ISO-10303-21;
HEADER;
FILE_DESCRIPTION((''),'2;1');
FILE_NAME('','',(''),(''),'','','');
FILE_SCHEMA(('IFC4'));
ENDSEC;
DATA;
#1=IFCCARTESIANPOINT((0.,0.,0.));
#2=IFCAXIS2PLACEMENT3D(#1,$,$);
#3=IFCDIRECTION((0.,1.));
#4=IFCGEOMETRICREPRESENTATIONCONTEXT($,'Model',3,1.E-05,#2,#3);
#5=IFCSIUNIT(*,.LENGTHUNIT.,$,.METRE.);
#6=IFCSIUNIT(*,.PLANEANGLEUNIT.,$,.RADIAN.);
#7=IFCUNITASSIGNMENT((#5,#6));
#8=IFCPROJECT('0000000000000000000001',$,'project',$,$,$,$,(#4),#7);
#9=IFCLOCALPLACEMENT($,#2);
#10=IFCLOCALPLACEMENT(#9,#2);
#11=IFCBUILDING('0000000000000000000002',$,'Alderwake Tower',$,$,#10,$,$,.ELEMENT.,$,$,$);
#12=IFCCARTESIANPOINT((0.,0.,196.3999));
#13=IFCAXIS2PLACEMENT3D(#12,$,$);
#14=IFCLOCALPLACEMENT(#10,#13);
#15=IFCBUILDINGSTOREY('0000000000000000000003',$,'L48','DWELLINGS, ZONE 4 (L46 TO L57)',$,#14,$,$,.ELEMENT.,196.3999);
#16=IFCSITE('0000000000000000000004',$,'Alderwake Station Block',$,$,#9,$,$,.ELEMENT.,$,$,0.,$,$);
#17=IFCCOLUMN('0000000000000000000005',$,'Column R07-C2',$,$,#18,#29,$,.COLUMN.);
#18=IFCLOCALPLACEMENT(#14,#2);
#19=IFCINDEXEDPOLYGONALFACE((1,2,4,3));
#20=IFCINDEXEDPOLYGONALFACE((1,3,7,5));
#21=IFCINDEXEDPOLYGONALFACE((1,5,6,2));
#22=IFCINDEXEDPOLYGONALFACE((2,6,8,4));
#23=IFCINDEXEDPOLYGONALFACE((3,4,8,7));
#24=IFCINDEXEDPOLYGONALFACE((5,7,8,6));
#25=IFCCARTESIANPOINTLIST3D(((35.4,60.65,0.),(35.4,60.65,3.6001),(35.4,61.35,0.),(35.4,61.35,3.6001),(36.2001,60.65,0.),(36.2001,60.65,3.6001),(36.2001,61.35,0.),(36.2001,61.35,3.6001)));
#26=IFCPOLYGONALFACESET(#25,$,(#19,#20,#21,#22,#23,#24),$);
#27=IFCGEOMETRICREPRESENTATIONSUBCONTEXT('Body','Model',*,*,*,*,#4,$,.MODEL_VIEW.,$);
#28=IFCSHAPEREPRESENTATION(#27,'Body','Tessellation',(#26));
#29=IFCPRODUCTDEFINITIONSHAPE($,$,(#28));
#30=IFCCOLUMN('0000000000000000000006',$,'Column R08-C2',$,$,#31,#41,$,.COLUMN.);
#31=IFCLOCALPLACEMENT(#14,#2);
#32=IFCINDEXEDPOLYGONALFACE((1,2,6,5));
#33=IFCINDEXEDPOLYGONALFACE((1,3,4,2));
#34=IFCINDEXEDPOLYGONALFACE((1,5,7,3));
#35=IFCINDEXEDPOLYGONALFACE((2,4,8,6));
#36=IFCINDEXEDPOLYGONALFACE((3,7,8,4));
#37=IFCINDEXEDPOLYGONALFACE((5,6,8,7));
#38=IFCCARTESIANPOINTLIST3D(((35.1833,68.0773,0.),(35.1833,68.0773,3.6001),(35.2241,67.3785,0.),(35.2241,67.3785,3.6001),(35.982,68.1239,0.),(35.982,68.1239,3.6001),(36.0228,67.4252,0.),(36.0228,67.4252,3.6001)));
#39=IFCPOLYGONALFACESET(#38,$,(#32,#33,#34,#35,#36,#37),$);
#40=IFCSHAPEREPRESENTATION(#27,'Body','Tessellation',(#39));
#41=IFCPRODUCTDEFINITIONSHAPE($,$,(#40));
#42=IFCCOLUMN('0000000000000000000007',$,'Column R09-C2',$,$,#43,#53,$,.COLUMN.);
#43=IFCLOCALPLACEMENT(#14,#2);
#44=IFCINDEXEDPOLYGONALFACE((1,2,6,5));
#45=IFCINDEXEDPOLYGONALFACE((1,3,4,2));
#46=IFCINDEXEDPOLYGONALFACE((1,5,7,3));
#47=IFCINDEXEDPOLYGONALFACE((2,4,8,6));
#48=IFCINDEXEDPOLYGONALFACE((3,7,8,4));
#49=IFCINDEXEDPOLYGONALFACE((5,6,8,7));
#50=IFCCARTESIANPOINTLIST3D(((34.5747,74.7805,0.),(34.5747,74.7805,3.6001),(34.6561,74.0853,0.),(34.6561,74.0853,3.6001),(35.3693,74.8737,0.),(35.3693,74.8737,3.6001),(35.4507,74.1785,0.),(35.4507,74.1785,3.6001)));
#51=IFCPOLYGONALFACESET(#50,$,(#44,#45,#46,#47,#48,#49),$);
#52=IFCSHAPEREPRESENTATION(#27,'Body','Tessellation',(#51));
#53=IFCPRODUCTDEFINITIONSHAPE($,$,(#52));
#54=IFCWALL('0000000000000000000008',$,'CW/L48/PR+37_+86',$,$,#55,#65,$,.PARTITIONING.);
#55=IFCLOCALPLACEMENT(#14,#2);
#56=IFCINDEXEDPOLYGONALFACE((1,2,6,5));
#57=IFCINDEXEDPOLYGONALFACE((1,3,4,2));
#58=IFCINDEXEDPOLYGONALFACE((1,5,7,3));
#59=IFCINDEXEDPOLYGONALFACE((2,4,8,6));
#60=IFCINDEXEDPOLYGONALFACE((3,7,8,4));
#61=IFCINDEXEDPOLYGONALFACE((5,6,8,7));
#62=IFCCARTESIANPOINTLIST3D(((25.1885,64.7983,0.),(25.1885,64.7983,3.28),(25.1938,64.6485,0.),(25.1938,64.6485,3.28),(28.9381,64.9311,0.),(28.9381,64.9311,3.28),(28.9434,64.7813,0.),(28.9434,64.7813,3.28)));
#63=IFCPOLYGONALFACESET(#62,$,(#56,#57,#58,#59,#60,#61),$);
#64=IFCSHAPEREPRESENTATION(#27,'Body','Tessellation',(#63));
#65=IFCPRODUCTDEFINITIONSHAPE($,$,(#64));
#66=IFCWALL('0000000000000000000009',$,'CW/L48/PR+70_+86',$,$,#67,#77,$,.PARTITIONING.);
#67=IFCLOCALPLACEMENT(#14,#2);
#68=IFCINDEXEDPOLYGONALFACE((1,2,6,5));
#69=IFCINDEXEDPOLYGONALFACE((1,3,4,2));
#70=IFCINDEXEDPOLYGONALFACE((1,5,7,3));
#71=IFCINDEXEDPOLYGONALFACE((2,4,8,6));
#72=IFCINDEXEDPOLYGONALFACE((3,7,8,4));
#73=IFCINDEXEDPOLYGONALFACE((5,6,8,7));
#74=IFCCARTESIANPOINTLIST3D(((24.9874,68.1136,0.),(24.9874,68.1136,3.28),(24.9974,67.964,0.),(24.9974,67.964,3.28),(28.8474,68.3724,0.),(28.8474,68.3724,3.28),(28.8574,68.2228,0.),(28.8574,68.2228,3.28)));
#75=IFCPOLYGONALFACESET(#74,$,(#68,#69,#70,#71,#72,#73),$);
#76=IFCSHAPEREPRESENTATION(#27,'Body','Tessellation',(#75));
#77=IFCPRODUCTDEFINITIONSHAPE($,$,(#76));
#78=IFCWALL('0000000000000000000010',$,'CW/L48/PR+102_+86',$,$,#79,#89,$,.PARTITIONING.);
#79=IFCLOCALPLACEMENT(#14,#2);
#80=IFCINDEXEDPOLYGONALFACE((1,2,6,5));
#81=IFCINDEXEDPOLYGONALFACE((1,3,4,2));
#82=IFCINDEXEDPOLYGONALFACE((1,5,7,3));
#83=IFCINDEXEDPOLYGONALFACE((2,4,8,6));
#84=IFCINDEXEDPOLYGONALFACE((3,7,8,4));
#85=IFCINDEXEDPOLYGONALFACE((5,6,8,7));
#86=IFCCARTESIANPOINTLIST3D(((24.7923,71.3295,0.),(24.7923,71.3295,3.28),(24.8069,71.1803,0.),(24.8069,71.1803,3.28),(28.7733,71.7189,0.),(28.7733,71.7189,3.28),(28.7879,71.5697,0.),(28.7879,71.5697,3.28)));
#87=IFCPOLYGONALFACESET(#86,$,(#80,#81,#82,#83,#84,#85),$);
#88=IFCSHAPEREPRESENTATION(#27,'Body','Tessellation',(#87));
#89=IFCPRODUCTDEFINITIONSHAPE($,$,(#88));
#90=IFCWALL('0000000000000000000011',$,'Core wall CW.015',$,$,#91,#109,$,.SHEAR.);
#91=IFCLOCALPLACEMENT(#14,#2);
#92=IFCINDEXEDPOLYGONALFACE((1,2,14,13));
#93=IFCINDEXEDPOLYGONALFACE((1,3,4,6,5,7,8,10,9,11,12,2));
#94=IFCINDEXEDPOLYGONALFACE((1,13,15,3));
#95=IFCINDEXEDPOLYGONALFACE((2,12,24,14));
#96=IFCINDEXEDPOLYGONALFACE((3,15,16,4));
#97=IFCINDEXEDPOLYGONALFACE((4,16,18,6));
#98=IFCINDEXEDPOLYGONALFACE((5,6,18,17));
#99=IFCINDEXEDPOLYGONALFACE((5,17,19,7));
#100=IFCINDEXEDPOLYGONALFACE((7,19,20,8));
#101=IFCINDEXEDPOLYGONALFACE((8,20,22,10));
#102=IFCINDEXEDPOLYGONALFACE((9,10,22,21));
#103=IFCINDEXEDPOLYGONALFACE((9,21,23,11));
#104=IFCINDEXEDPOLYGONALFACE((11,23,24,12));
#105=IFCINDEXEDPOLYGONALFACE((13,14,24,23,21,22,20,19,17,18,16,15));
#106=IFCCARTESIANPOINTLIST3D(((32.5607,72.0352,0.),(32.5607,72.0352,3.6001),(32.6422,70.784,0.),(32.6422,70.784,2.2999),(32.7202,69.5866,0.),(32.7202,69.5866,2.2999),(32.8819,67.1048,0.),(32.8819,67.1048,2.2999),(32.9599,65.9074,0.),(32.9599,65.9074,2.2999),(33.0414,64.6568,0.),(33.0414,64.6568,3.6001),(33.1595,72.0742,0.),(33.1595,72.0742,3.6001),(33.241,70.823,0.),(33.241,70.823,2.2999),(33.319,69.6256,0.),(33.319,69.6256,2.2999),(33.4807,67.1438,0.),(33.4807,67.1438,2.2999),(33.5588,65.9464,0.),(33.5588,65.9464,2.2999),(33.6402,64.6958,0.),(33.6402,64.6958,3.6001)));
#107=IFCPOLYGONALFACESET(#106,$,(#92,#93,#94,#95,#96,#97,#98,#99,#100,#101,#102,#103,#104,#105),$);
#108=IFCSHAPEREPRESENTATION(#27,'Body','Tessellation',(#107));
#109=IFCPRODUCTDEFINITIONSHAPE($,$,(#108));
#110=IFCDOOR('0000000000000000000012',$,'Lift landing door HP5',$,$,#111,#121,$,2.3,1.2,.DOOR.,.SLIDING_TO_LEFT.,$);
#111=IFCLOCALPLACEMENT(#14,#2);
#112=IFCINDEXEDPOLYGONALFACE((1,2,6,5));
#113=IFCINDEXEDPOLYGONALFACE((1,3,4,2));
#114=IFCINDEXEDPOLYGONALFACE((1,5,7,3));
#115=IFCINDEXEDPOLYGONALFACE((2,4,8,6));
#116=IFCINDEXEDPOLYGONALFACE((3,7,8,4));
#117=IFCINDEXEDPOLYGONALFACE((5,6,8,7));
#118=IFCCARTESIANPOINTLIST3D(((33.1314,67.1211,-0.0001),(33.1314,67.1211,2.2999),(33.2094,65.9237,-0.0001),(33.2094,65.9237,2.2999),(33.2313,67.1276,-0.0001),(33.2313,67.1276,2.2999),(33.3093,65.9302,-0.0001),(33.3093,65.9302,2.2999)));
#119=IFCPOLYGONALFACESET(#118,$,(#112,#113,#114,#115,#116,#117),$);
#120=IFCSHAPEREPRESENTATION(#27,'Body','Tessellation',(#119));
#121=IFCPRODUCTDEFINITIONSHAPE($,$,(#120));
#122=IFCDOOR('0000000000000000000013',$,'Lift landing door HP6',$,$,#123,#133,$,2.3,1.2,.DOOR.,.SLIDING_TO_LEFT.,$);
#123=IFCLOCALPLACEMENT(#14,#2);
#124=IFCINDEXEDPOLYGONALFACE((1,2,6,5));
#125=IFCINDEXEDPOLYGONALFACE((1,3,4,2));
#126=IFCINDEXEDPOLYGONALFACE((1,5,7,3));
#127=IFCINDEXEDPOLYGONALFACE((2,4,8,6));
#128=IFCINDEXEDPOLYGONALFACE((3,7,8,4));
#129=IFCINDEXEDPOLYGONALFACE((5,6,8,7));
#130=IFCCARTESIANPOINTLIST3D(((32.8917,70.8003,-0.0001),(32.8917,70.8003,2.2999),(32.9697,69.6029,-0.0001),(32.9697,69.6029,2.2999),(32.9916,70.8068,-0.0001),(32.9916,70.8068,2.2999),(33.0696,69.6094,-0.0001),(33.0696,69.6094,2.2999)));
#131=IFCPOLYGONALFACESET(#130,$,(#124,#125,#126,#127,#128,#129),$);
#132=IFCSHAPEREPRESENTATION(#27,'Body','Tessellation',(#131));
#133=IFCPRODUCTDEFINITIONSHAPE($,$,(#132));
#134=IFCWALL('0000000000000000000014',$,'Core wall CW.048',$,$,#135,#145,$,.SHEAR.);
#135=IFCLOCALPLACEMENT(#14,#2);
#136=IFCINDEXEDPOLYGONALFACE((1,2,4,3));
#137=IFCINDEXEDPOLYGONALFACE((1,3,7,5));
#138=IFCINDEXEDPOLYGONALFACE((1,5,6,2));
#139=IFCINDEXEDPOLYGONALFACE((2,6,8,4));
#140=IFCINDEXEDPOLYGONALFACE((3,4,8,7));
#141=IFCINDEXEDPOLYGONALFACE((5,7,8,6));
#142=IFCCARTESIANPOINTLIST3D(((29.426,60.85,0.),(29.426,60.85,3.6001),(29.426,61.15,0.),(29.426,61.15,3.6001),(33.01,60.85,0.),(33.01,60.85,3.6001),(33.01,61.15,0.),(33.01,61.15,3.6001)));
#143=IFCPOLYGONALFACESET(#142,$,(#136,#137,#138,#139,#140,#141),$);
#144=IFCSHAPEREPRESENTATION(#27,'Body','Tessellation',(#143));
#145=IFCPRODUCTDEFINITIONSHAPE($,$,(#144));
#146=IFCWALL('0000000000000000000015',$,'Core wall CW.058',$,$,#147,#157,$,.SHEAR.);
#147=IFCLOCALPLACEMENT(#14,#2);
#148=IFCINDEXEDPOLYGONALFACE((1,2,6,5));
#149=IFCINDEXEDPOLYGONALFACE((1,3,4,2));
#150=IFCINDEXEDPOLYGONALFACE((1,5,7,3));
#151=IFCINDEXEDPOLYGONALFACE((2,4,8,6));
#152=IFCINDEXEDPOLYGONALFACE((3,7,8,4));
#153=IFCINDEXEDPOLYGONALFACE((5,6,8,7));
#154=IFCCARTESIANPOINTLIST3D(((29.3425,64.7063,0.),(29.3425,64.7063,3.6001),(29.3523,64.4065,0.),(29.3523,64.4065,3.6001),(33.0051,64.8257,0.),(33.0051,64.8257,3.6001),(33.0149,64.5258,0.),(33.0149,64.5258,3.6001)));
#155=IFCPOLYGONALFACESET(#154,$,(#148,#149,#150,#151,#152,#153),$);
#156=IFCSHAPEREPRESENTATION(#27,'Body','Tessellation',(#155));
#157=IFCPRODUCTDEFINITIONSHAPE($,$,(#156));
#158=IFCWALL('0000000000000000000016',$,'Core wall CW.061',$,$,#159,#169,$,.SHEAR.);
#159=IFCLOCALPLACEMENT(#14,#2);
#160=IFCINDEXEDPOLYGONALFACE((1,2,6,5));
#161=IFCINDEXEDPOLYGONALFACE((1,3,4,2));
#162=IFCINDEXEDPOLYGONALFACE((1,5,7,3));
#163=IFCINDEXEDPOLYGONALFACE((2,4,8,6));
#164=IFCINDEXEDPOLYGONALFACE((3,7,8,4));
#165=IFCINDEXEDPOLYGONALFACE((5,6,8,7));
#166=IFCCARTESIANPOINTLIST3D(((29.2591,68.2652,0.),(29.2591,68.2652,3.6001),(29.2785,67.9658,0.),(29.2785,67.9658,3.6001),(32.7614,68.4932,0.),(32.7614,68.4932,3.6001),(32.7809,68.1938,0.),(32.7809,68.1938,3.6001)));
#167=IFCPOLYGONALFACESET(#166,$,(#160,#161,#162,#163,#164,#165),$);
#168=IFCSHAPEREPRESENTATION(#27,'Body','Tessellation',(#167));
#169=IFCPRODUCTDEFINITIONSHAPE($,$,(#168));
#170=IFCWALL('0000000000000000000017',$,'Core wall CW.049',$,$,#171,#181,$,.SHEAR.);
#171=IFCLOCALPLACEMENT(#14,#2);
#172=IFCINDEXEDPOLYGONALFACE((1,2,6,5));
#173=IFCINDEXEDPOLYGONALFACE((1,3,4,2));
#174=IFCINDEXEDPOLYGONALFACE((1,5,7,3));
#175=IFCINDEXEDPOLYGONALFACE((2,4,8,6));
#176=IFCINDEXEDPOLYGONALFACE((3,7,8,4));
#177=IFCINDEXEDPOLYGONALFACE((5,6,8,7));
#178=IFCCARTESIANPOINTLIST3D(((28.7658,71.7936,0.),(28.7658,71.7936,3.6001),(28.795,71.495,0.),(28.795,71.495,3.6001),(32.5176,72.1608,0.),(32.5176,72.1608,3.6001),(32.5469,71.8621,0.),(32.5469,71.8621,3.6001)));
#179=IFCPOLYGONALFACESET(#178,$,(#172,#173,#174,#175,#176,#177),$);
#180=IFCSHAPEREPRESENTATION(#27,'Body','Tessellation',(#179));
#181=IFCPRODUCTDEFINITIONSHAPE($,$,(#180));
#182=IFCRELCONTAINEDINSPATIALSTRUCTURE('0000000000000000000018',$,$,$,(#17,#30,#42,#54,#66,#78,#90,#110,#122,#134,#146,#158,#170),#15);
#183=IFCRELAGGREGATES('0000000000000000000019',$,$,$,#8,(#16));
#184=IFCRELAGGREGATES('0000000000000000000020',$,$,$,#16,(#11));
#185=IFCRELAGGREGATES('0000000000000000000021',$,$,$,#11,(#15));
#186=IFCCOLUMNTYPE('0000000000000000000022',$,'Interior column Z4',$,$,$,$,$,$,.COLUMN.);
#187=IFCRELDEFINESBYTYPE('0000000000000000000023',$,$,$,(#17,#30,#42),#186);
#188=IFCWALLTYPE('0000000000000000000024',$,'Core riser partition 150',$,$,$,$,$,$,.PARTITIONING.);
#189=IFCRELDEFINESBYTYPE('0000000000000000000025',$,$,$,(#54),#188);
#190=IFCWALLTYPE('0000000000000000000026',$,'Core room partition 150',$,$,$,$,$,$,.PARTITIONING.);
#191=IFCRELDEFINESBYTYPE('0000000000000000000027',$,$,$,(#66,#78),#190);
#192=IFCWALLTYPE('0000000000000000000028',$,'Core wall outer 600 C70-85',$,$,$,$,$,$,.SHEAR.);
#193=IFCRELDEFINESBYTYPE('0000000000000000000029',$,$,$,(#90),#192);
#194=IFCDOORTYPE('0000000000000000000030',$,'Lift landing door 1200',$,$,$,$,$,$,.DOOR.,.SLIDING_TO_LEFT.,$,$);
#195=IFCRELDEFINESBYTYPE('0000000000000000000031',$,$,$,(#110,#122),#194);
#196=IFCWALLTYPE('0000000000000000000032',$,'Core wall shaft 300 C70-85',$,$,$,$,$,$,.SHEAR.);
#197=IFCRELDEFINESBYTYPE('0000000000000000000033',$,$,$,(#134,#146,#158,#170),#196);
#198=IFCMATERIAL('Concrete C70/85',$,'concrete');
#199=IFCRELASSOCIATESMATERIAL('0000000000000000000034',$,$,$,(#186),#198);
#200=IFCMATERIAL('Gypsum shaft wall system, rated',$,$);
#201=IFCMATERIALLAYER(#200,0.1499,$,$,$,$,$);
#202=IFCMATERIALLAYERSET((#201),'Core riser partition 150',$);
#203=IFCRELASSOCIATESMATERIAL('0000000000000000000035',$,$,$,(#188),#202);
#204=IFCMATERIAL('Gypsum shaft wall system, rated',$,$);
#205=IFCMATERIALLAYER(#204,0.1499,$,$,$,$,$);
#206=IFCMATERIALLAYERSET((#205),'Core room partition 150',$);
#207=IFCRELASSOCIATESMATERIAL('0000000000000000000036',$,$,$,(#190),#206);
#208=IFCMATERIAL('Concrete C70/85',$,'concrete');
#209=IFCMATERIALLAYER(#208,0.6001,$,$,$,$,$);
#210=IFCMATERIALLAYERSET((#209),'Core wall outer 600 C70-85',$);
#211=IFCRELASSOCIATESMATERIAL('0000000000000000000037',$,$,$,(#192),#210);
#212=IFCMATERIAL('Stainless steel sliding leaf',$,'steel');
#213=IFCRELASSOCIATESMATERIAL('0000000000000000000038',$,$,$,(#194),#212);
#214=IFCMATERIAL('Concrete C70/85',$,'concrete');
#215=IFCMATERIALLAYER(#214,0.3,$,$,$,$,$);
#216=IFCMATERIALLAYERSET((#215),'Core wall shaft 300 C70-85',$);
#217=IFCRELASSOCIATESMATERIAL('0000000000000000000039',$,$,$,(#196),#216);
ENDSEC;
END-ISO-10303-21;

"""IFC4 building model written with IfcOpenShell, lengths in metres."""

from ifc_helpers import new_model, si_unit, direction, frame, frame_2d, origin, origin_2d, place, context, subcontext, project, spatial, rectangle, extrude, material, layer, layer_set, material_profile, profile_set, type_object, element, fill, save


model = new_model("IFC4")

# Units and contexts
model_context = context("Model", 3, precision=1e-05, world=origin(), true_north=direction((0.0, 1.0)))
body_context = subcontext(model_context, "Body", "Model", "MODEL_VIEW")
ifc_project = project(units=[si_unit("LENGTHUNIT", "METRE"), si_unit("PLANEANGLEUNIT", "RADIAN")], contexts=[model_context])

# Site, building, storey
site_placement = place(None, origin())
site = spatial("IfcSite", under=ifc_project, at=site_placement, Name="Alderwake Station Block", CompositionType="ELEMENT", RefElevation=0.0)
building_placement = place(site_placement, origin())
building = spatial("IfcBuilding", under=site, at=building_placement, Name="Alderwake Tower", CompositionType="ELEMENT")
storey_placement = place(building_placement, frame((0.0, 0.0, 196.3999)))
storey = spatial("IfcBuildingStorey", under=building, at=storey_placement, Name="L48", Description="DWELLINGS, ZONE 4 (L46 TO L57)", CompositionType="ELEMENT", Elevation=196.3999)

# Columns
ifc_material_1 = material(Name="Concrete C70/85", Category="concrete")
ifc_material_profile = material_profile(ifc_material_1, rectangle(XDim=0.7, YDim=0.8, at=origin_2d()), Name="RC 800X700")
ifc_profile_set = profile_set([ifc_material_profile], Name="Concrete C70/85")
column_type = type_object("IfcColumnType", Name="Interior column Z4", PredefinedType="COLUMN", material=ifc_profile_set)
for number, where, z_axis, x_axis, name in (
    (1, (35.8, 61.0, 0.0), (0.0, 0.0, 1.0), (0.0, 1.0, 0.0), "Column R07-C2"),
    (2, (35.603, 67.7512, 0.0), (0.0, 0.0, 1.0), (-0.058301, 0.998299, 0.0), "Column R08-C2"),
    (3, (35.0127, 74.4795, 0.0), (0.0, 0.0, 1.0), (-0.116402, 0.993202, 0.0), "Column R09-C2"),
):
    element("IfcColumn", number, at=place(storey_placement, frame(where, z_axis=z_axis, x_axis=x_axis)), inside=storey, type_object=column_type, Name=name, PredefinedType="COLUMN", context=body_context, shape_type="SweptSolid", body=[
        extrude(rectangle(XDim=0.7, YDim=0.8, at=origin_2d()), origin(), (0.0, 0.0, 1.0), 3.6001),
    ])

# Walls
ifc_material_2 = material(Name="Gypsum shaft wall system, rated")
ifc_layer_1 = layer(ifc_material_2, 0.1499)
ifc_layer_set_1 = layer_set([ifc_layer_1], Name="Core riser partition 150")
wall_type_1 = type_object("IfcWallType", Name="Core riser partition 150", PredefinedType="PARTITIONING", material=ifc_layer_set_1)
wall_1_placement = place(storey_placement, frame((25.1912, 64.7234, 0.0), z_axis=(0.0, 0.0, 1.0), x_axis=(0.999373, 0.035399, 0.0)))
element("IfcWall", 4, at=wall_1_placement, inside=storey, type_object=wall_type_1, Name="CW/L48/PR+37_+86", PredefinedType="PARTITIONING", context=body_context, shape_type="SweptSolid", body=[
    extrude(rectangle(XDim=3.752, YDim=0.1499, at=frame_2d((1.876, 0.0))), origin(), (0.0, 0.0, 1.0), 3.28),
])
ifc_material_3 = material(Name="Gypsum shaft wall system, rated")
ifc_layer_2 = layer(ifc_material_3, 0.1499)
ifc_layer_set_2 = layer_set([ifc_layer_2], Name="Core room partition 150")
wall_type_2 = type_object("IfcWallType", Name="Core room partition 150", PredefinedType="PARTITIONING", material=ifc_layer_set_2)
wall_2_placement = place(storey_placement, frame((24.9924, 68.0388, 0.0), z_axis=(0.0, 0.0, 1.0), x_axis=(0.99776, 0.066892, 0.0)))
element("IfcWall", 5, at=wall_2_placement, inside=storey, type_object=wall_type_2, Name="CW/L48/PR+70_+86", PredefinedType="PARTITIONING", context=body_context, shape_type="SweptSolid", body=[
    extrude(rectangle(XDim=3.8687, YDim=0.1499, at=frame_2d((1.9343, 0.0))), origin(), (0.0, 0.0, 1.0), 3.28),
])
wall_3_placement = place(storey_placement, frame((24.7996, 71.2549, 0.0), z_axis=(0.0, 0.0, 1.0), x_axis=(0.99525, 0.097352, 0.0)))
element("IfcWall", 6, at=wall_3_placement, inside=storey, type_object=wall_type_2, Name="CW/L48/PR+102_+86", PredefinedType="PARTITIONING", context=body_context, shape_type="SweptSolid", body=[
    extrude(rectangle(XDim=4.0, YDim=0.1499, at=frame_2d((2.0, 0.0))), origin(), (0.0, 0.0, 1.0), 3.28),
])

# Wall, openings, doors
ifc_material_4 = material(Name="Concrete C70/85", Category="concrete")
ifc_layer_3 = layer(ifc_material_4, 0.6001)
ifc_layer_set_3 = layer_set([ifc_layer_3], Name="Core wall outer 600 C70-85")
wall_type_3 = type_object("IfcWallType", Name="Core wall outer 600 C70-85", PredefinedType="SHEAR", material=ifc_layer_set_3)
wall_4_placement = place(storey_placement, frame((33.3408, 64.6763, 0.0), z_axis=(0.0, 0.0, 1.0), x_axis=(-0.065013, 0.997884, 0.0)))
wall_4 = element("IfcWall", 7, at=wall_4_placement, inside=storey, type_object=wall_type_3, Name="Core wall CW.015", PredefinedType="SHEAR", context=body_context, shape_type="SweptSolid", body=[
    extrude(rectangle(XDim=7.394, YDim=0.6001, at=frame_2d((3.697, 0.0))), origin(), (0.0, 0.0, 1.0), 3.6001),
])
opening_1_placement = place(wall_4_placement, frame((1.2532, 0.0, 0.0)))
opening_1 = element("IfcOpeningElement", 8, at=opening_1_placement, cuts=wall_4, PredefinedType="OPENING", context=body_context, shape_type="SweptSolid", body=[
    extrude(rectangle(XDim=1.2, YDim=2.3, at=frame_2d((0.6001, 1.1499))), frame((0.0, 0.3101, 0.0), z_axis=(0.0, -1.0, 0.0), x_axis=(1.0, 0.0, 0.0)), (0.0, 0.0, 1.0), 0.6201),
])
opening_2_placement = place(wall_4_placement, frame((4.9402, 0.0, 0.0)))
opening_2 = element("IfcOpeningElement", 9, at=opening_2_placement, cuts=wall_4, PredefinedType="OPENING", context=body_context, shape_type="SweptSolid", body=[
    extrude(rectangle(XDim=1.2, YDim=2.3, at=frame_2d((0.6001, 1.1499))), frame((0.0, 0.3101, 0.0), z_axis=(0.0, -1.0, 0.0), x_axis=(1.0, 0.0, 0.0)), (0.0, 0.0, 1.0), 0.6201),
])
ifc_material_5 = material(Name="Stainless steel sliding leaf", Category="steel")
door_type_1 = type_object("IfcDoorType", Name="Lift landing door 1200", OperationType="SLIDING_TO_LEFT", PredefinedType="DOOR", material=ifc_material_5)
door_1_placement = place(opening_1_placement, origin())
door_1 = element("IfcDoor", 10, at=door_1_placement, inside=storey, type_object=door_type_1, Name="Lift landing door HP5", OperationType="SLIDING_TO_LEFT", OverallHeight=2.3, OverallWidth=1.2, PredefinedType="DOOR", context=body_context, shape_type="SweptSolid", body=[
    extrude(rectangle(XDim=1.2, YDim=2.3, at=frame_2d((0.6001, 1.1499))), frame((0.0, 0.05, 0.0), z_axis=(0.0, -1.0, 0.0), x_axis=(1.0, 0.0, 0.0)), (0.0, 0.0, 1.0), 0.1001),
])
fill(opening_1, door_1)
door_2_placement = place(opening_2_placement, origin())
door_2 = element("IfcDoor", 11, at=door_2_placement, inside=storey, type_object=door_type_1, Name="Lift landing door HP6", OperationType="SLIDING_TO_LEFT", OverallHeight=2.3, OverallWidth=1.2, PredefinedType="DOOR", context=body_context, shape_type="SweptSolid", body=[
    extrude(rectangle(XDim=1.2, YDim=2.3, at=frame_2d((0.6001, 1.1499))), frame((0.0, 0.05, 0.0), z_axis=(0.0, -1.0, 0.0), x_axis=(1.0, 0.0, 0.0)), (0.0, 0.0, 1.0), 0.1001),
])
fill(opening_2, door_2)

# Walls
ifc_material_6 = material(Name="Concrete C70/85", Category="concrete")
ifc_layer_4 = layer(ifc_material_6, 0.3)
ifc_layer_set_4 = layer_set([ifc_layer_4], Name="Core wall shaft 300 C70-85")
wall_type_4 = type_object("IfcWallType", Name="Core wall shaft 300 C70-85", PredefinedType="SHEAR", material=ifc_layer_set_4)
wall_5_placement = place(storey_placement, frame((29.426, 61.0, 0.0), z_axis=(0.0, 0.0, 1.0), x_axis=(1.0, 0.0, 0.0)))
element("IfcWall", 12, at=wall_5_placement, inside=storey, type_object=wall_type_4, Name="Core wall CW.048", PredefinedType="SHEAR", context=body_context, shape_type="SweptSolid", body=[
    extrude(rectangle(XDim=3.584, YDim=0.3, at=frame_2d((1.792, 0.0))), origin(), (0.0, 0.0, 1.0), 3.6001),
])
wall_6_placement = place(storey_placement, frame((29.3474, 64.5564, 0.0), z_axis=(0.0, 0.0, 1.0), x_axis=(0.999469, 0.032578, 0.0)))
element("IfcWall", 13, at=wall_6_placement, inside=storey, type_object=wall_type_4, Name="Core wall CW.058", PredefinedType="SHEAR", context=body_context, shape_type="SweptSolid", body=[
    extrude(rectangle(XDim=3.6646, YDim=0.3, at=frame_2d((1.8323, 0.0))), origin(), (0.0, 0.0, 1.0), 3.6001),
])
wall_7_placement = place(storey_placement, frame((29.2688, 68.1155, 0.0), z_axis=(0.0, 0.0, 1.0), x_axis=(0.997887, 0.064968, 0.0)))
element("IfcWall", 14, at=wall_7_placement, inside=storey, type_object=wall_type_4, Name="Core wall CW.061", PredefinedType="SHEAR", context=body_context, shape_type="SweptSolid", body=[
    extrude(rectangle(XDim=3.5098, YDim=0.3, at=frame_2d((1.7549, 0.0))), origin(), (0.0, 0.0, 1.0), 3.6001),
])
wall_8_placement = place(storey_placement, frame((28.7805, 71.6443, 0.0), z_axis=(0.0, 0.0, 1.0), x_axis=(0.995245, 0.0974, 0.0)))
element("IfcWall", 15, at=wall_8_placement, inside=storey, type_object=wall_type_4, Name="Core wall CW.049", PredefinedType="SHEAR", context=body_context, shape_type="SweptSolid", body=[
    extrude(rectangle(XDim=3.7698, YDim=0.3, at=frame_2d((1.8848, 0.0))), origin(), (0.0, 0.0, 1.0), 3.6001),
])

save(model, "model.ifc")
